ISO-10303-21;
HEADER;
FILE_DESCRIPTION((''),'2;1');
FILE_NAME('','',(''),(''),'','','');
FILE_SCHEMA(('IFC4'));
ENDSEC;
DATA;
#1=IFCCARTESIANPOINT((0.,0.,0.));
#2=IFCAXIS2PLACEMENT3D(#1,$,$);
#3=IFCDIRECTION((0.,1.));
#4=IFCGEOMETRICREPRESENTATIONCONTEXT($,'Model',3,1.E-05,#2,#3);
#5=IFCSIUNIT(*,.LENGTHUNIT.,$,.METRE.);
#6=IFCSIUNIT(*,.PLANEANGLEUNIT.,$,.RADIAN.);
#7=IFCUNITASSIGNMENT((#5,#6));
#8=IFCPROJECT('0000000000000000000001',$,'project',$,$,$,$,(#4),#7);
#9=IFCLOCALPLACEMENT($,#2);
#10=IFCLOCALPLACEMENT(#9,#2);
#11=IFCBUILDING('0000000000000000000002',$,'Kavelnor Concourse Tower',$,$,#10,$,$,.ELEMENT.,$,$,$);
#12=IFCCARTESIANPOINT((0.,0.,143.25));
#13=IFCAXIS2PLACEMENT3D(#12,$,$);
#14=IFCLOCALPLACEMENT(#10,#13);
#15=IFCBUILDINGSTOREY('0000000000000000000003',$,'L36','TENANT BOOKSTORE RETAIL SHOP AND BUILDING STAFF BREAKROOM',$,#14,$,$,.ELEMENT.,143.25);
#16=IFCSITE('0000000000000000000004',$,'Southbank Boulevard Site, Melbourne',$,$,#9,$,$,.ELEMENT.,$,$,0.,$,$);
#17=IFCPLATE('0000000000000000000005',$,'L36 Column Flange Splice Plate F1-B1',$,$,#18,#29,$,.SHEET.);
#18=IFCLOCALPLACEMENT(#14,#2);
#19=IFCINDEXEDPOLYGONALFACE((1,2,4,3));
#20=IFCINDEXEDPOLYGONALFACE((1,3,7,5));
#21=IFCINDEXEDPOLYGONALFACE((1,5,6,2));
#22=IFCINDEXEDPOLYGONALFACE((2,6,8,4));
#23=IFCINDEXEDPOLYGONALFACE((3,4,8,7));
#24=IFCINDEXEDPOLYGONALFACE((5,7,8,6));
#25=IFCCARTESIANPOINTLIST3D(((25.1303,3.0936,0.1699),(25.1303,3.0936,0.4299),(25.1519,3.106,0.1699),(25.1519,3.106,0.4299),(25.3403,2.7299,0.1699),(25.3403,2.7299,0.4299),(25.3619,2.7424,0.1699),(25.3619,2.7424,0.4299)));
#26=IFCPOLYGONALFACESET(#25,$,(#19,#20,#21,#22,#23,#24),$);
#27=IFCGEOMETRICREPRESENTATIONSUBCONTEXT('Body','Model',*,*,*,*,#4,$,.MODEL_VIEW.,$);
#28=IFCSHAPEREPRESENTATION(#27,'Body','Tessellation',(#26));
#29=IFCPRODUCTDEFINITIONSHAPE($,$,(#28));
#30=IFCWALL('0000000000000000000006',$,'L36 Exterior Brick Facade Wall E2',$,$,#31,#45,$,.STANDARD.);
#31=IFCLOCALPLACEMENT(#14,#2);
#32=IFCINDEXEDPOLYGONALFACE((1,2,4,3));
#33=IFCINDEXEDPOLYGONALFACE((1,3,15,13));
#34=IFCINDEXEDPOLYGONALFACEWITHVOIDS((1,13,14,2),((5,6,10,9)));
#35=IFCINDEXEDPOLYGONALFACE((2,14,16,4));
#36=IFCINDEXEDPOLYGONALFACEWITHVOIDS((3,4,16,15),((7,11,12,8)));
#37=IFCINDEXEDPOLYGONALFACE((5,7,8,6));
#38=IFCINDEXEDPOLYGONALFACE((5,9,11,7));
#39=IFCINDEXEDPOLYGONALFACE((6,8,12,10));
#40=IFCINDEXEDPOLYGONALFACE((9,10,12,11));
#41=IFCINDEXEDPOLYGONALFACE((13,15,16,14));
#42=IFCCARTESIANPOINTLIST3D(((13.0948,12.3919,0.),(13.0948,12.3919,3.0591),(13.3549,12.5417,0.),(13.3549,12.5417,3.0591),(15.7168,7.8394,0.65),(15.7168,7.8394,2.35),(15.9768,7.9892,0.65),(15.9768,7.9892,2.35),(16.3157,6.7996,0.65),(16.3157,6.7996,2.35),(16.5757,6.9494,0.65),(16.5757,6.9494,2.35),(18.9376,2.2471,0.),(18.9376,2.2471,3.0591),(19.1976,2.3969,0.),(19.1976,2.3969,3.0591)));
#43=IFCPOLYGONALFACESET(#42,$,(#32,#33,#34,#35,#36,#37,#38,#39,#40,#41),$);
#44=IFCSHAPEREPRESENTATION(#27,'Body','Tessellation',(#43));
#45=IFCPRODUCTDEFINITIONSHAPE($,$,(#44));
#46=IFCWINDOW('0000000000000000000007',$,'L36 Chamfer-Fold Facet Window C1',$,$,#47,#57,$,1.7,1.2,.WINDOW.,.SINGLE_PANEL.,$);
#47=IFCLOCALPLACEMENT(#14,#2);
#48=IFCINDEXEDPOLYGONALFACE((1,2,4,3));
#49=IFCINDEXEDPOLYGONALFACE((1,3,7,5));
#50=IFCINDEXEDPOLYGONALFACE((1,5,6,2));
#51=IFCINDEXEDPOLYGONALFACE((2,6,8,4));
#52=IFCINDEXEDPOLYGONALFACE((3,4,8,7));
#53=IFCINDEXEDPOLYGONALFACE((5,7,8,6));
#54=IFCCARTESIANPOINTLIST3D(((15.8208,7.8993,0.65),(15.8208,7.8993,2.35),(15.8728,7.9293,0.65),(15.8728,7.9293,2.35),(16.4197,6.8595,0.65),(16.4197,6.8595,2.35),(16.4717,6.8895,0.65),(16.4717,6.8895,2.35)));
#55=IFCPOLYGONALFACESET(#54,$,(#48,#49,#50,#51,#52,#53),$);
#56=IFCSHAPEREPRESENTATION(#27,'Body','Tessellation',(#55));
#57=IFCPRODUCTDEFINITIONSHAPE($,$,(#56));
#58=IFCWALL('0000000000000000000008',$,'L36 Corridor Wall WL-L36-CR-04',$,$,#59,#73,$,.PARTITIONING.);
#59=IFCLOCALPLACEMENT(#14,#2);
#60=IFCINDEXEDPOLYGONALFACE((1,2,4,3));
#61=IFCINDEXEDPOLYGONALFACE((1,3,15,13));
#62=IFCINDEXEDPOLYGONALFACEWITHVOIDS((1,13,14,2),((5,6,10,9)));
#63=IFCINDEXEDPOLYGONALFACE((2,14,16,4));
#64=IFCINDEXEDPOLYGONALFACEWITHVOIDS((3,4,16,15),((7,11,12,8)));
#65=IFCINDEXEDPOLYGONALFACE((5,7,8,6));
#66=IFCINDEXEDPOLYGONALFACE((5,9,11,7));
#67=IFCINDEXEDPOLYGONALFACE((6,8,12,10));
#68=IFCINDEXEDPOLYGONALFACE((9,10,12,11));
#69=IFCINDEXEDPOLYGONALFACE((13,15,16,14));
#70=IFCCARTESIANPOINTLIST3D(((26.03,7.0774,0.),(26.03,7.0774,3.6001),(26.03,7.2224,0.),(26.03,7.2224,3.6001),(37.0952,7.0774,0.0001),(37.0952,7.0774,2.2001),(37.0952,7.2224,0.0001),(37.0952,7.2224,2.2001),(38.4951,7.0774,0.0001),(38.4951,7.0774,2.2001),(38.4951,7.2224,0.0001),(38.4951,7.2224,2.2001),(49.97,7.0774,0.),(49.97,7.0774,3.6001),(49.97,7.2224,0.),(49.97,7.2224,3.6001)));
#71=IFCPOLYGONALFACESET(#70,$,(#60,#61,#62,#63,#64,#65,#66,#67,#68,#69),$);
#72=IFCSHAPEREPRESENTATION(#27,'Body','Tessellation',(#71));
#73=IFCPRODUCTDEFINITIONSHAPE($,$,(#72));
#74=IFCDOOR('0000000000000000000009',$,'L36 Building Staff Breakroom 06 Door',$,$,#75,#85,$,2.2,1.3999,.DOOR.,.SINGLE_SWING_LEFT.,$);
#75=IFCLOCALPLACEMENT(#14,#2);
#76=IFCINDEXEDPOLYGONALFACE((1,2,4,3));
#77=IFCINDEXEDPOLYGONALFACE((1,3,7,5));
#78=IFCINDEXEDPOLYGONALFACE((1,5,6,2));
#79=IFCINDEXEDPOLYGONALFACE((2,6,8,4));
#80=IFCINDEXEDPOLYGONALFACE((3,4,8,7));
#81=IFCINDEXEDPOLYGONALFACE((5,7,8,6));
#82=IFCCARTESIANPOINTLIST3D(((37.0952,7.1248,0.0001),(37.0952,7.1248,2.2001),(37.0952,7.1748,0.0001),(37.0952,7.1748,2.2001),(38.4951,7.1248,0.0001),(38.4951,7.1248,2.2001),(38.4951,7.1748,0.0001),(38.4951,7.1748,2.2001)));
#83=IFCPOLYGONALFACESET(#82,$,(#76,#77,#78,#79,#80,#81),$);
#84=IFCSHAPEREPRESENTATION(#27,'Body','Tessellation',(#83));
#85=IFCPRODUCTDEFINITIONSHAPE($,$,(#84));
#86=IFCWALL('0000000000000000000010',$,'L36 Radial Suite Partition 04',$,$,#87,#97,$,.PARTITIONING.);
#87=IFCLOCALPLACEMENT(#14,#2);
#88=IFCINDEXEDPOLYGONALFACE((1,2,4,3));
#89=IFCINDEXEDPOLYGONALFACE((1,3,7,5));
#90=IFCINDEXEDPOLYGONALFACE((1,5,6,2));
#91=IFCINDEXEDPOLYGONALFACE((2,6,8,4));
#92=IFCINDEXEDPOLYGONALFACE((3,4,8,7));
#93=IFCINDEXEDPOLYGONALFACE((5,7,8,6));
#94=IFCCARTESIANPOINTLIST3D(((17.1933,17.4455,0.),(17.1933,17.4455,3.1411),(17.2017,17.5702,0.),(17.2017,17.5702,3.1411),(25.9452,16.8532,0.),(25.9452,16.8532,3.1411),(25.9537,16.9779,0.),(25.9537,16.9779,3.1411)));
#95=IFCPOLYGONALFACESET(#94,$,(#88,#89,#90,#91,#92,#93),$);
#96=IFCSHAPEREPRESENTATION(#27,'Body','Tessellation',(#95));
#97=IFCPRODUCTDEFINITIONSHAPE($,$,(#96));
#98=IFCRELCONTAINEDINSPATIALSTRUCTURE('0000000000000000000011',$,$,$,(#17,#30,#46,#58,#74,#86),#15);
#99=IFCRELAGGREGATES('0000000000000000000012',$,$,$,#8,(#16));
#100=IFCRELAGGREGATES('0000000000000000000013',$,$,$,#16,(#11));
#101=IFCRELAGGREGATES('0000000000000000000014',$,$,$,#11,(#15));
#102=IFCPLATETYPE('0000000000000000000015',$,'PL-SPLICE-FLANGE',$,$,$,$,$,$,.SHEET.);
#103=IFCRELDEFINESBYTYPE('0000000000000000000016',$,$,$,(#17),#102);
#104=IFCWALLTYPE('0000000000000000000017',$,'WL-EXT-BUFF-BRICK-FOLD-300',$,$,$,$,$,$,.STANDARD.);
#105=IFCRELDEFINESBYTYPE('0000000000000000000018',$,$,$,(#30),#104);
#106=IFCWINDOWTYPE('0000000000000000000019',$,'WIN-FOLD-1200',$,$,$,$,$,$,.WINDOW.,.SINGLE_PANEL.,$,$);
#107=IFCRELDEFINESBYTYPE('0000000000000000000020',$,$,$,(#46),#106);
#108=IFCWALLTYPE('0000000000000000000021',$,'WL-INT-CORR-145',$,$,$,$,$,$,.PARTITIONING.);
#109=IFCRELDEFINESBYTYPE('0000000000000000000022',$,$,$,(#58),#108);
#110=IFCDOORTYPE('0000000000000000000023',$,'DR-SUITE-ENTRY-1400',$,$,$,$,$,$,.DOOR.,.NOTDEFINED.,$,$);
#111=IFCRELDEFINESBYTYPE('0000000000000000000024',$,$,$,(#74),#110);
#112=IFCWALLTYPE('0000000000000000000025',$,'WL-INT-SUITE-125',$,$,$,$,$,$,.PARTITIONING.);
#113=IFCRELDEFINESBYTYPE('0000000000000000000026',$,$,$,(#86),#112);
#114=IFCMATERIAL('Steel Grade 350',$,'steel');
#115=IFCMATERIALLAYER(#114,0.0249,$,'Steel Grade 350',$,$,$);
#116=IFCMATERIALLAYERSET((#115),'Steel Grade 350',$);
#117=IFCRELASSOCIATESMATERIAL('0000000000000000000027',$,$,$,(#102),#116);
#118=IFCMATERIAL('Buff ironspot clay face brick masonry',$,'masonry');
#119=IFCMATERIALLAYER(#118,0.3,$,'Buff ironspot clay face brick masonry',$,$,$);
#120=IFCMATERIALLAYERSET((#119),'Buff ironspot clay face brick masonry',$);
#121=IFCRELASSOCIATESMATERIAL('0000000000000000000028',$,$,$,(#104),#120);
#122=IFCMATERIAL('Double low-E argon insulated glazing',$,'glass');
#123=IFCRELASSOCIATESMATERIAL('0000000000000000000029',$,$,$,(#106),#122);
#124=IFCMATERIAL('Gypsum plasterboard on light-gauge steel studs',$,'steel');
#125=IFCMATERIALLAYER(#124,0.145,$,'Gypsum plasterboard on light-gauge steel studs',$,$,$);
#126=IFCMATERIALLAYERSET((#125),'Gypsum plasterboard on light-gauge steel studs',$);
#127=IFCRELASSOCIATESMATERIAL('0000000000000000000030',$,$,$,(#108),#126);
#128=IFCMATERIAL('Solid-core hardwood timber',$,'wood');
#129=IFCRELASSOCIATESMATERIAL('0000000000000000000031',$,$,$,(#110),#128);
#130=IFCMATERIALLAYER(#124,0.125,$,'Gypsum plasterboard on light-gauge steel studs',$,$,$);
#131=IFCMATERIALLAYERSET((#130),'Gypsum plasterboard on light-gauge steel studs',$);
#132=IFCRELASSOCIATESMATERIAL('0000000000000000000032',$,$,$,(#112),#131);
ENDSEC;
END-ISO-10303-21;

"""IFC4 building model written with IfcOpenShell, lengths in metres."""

from ifc_helpers import new_model, si_unit, direction, frame, frame_2d, origin, origin_2d, place, context, subcontext, project, spatial, rectangle, extrude, material, layer, layer_set, type_object, element, fill, save


model = new_model("IFC4")

# Units and contexts
model_context = context("Model", 3, precision=1e-05, world=origin(), true_north=direction((0.0, 1.0)))
body_context = subcontext(model_context, "Body", "Model", "MODEL_VIEW")
ifc_project = project(units=[si_unit("LENGTHUNIT", "METRE"), si_unit("PLANEANGLEUNIT", "RADIAN")], contexts=[model_context])

# Site, building, storey
site_placement = place(None, origin())
site = spatial("IfcSite", under=ifc_project, at=site_placement, Name="Southbank Boulevard Site, Melbourne", CompositionType="ELEMENT", RefElevation=0.0)
building_placement = place(site_placement, origin())
building = spatial("IfcBuilding", under=site, at=building_placement, Name="Kavelnor Concourse Tower", CompositionType="ELEMENT")
storey_placement = place(building_placement, frame((0.0, 0.0, 143.25)))
storey = spatial("IfcBuildingStorey", under=building, at=storey_placement, Name="L36", Description="TENANT BOOKSTORE RETAIL SHOP AND BUILDING STAFF BREAKROOM", CompositionType="ELEMENT", Elevation=143.25)

# Shared definitions
ifc_material_1 = material(Name="Steel Grade 350", Category="steel")

# Plate
ifc_layer_1 = layer(ifc_material_1, 0.0249, Name="Steel Grade 350")
ifc_layer_set_1 = layer_set([ifc_layer_1], Name="Steel Grade 350")
plate_type = type_object("IfcPlateType", Name="PL-SPLICE-FLANGE", PredefinedType="SHEET", material=ifc_layer_set_1)
plate_placement = place(storey_placement, frame((25.2461, 2.918, 0.1699), z_axis=(0.0, 0.0, 1.0), x_axis=(-0.5, 0.866025, 0.0)))
element("IfcPlate", 1, at=plate_placement, inside=storey, type_object=plate_type, Name="L36 Column Flange Splice Plate F1-B1", PredefinedType="SHEET", context=body_context, shape_type="SweptSolid", body=[
    extrude(rectangle(XDim=0.4199, YDim=0.0249, at=origin_2d()), origin(), (0.0, 0.0, 1.0), 0.26),
])

# Wall, opening, window
ifc_material_2 = material(Name="Buff ironspot clay face brick masonry", Category="masonry")
ifc_layer_2 = layer(ifc_material_2, 0.3, Name="Buff ironspot clay face brick masonry")
ifc_layer_set_2 = layer_set([ifc_layer_2], Name="Buff ironspot clay face brick masonry")
wall_type_1 = type_object("IfcWallType", Name="WL-EXT-BUFF-BRICK-FOLD-300", PredefinedType="STANDARD", material=ifc_layer_set_2)
wall_1_placement = place(storey_placement, frame((19.0676, 2.322, 0.0), z_axis=(0.0, 0.0, 1.0), x_axis=(-0.499083, 0.866554, 0.0)))
wall_1 = element("IfcWall", 2, at=wall_1_placement, inside=storey, type_object=wall_type_1, Name="L36 Exterior Brick Facade Wall E2", PredefinedType="STANDARD", context=body_context, shape_type="SweptSolid", body=[
    extrude(rectangle(XDim=11.707, YDim=0.3, at=frame_2d((5.8535, 0.0))), origin(), (0.0, 0.0, 1.0), 3.0591),
])
opening_1_placement = place(wall_1_placement, frame((5.2534, 0.0, 0.6499)))
opening_1 = element("IfcOpeningElement", 3, at=opening_1_placement, cuts=wall_1, PredefinedType="OPENING", context=body_context, shape_type="SweptSolid", body=[
    extrude(rectangle(XDim=1.2, YDim=1.7, at=frame_2d((0.6001, 0.8501))), frame((0.0, 0.1602, 0.0), z_axis=(0.0, -1.0, 0.0), x_axis=(1.0, 0.0, 0.0)), (0.0, 0.0, 1.0), 0.3201),
])
ifc_material_3 = material(Name="Double low-E argon insulated glazing", Category="glass")
window_type = type_object("IfcWindowType", Name="WIN-FOLD-1200", PartitioningType="SINGLE_PANEL", PredefinedType="WINDOW", material=ifc_material_3)
window_placement = place(opening_1_placement, origin())
window = element("IfcWindow", 4, at=window_placement, inside=storey, type_object=window_type, Name="L36 Chamfer-Fold Facet Window C1", OverallHeight=1.7, OverallWidth=1.2, PartitioningType="SINGLE_PANEL", PredefinedType="WINDOW", context=body_context, shape_type="SweptSolid", body=[
    extrude(rectangle(XDim=1.2, YDim=1.7, at=frame_2d((0.6001, 0.8501))), frame((0.0, 0.03, 0.0), z_axis=(0.0, -1.0, 0.0), x_axis=(1.0, 0.0, 0.0)), (0.0, 0.0, 1.0), 0.0601),
])
fill(opening_1, window)

# Wall, opening, door
ifc_material_4 = material(Name="Gypsum plasterboard on light-gauge steel studs", Category="steel")
ifc_layer_3 = layer(ifc_material_4, 0.145, Name="Gypsum plasterboard on light-gauge steel studs")
ifc_layer_set_3 = layer_set([ifc_layer_3], Name="Gypsum plasterboard on light-gauge steel studs")
wall_type_2 = type_object("IfcWallType", Name="WL-INT-CORR-145", PredefinedType="PARTITIONING", material=ifc_layer_set_3)
wall_2_placement = place(storey_placement, frame((26.03, 7.1499, 0.0), z_axis=(0.0, 0.0, 1.0), x_axis=(1.0, 0.0, 0.0)))
wall_2 = element("IfcWall", 5, at=wall_2_placement, inside=storey, type_object=wall_type_2, Name="L36 Corridor Wall WL-L36-CR-04", PredefinedType="PARTITIONING", context=body_context, shape_type="SweptSolid", body=[
    extrude(rectangle(XDim=23.9399, YDim=0.145, at=frame_2d((11.97, 0.0))), origin(), (0.0, 0.0, 1.0), 3.6001),
])
opening_2_placement = place(wall_2_placement, frame((11.0652, 0.0, 0.0)))
opening_2 = element("IfcOpeningElement", 6, at=opening_2_placement, cuts=wall_2, PredefinedType="OPENING", context=body_context, shape_type="SweptSolid", body=[
    extrude(rectangle(XDim=1.3999, YDim=2.2, at=frame_2d((0.7, 1.1001))), frame((0.0, 0.0825, 0.0), z_axis=(0.0, -1.0, 0.0), x_axis=(1.0, 0.0, 0.0)), (0.0, 0.0, 1.0), 0.165),
])
ifc_material_5 = material(Name="Solid-core hardwood timber", Category="wood")
door_type = type_object("IfcDoorType", Name="DR-SUITE-ENTRY-1400", OperationType="NOTDEFINED", PredefinedType="DOOR", material=ifc_material_5)
door_placement = place(opening_2_placement, origin())
door = element("IfcDoor", 7, at=door_placement, inside=storey, type_object=door_type, Name="L36 Building Staff Breakroom 06 Door", OperationType="SINGLE_SWING_LEFT", OverallHeight=2.2, OverallWidth=1.3999, PredefinedType="DOOR", context=body_context, shape_type="SweptSolid", body=[
    extrude(rectangle(XDim=1.3999, YDim=2.2, at=frame_2d((0.7, 1.1001))), frame((0.0, 0.0249, 0.0), z_axis=(0.0, -1.0, 0.0), x_axis=(1.0, 0.0, 0.0)), (0.0, 0.0, 1.0), 0.05),
])
fill(opening_2, door)

# Wall
ifc_layer_4 = layer(ifc_material_4, 0.125, Name="Gypsum plasterboard on light-gauge steel studs")
ifc_layer_set_4 = layer_set([ifc_layer_4], Name="Gypsum plasterboard on light-gauge steel studs")
wall_type_3 = type_object("IfcWallType", Name="WL-INT-SUITE-125", PredefinedType="PARTITIONING", material=ifc_layer_set_4)
wall_3_placement = place(storey_placement, frame((25.9495, 16.9155, 0.0), z_axis=(0.0, 0.0, 1.0), x_axis=(-0.997718, 0.06752, 0.0)))
element("IfcWall", 8, at=wall_3_placement, inside=storey, type_object=wall_type_3, Name="L36 Radial Suite Partition 04", PredefinedType="PARTITIONING", context=body_context, shape_type="SweptSolid", body=[
    extrude(rectangle(XDim=8.772, YDim=0.125, at=frame_2d((4.386, 0.0))), origin(), (0.0, 0.0, 1.0), 3.1411),
])

save(model, "model.ifc")
